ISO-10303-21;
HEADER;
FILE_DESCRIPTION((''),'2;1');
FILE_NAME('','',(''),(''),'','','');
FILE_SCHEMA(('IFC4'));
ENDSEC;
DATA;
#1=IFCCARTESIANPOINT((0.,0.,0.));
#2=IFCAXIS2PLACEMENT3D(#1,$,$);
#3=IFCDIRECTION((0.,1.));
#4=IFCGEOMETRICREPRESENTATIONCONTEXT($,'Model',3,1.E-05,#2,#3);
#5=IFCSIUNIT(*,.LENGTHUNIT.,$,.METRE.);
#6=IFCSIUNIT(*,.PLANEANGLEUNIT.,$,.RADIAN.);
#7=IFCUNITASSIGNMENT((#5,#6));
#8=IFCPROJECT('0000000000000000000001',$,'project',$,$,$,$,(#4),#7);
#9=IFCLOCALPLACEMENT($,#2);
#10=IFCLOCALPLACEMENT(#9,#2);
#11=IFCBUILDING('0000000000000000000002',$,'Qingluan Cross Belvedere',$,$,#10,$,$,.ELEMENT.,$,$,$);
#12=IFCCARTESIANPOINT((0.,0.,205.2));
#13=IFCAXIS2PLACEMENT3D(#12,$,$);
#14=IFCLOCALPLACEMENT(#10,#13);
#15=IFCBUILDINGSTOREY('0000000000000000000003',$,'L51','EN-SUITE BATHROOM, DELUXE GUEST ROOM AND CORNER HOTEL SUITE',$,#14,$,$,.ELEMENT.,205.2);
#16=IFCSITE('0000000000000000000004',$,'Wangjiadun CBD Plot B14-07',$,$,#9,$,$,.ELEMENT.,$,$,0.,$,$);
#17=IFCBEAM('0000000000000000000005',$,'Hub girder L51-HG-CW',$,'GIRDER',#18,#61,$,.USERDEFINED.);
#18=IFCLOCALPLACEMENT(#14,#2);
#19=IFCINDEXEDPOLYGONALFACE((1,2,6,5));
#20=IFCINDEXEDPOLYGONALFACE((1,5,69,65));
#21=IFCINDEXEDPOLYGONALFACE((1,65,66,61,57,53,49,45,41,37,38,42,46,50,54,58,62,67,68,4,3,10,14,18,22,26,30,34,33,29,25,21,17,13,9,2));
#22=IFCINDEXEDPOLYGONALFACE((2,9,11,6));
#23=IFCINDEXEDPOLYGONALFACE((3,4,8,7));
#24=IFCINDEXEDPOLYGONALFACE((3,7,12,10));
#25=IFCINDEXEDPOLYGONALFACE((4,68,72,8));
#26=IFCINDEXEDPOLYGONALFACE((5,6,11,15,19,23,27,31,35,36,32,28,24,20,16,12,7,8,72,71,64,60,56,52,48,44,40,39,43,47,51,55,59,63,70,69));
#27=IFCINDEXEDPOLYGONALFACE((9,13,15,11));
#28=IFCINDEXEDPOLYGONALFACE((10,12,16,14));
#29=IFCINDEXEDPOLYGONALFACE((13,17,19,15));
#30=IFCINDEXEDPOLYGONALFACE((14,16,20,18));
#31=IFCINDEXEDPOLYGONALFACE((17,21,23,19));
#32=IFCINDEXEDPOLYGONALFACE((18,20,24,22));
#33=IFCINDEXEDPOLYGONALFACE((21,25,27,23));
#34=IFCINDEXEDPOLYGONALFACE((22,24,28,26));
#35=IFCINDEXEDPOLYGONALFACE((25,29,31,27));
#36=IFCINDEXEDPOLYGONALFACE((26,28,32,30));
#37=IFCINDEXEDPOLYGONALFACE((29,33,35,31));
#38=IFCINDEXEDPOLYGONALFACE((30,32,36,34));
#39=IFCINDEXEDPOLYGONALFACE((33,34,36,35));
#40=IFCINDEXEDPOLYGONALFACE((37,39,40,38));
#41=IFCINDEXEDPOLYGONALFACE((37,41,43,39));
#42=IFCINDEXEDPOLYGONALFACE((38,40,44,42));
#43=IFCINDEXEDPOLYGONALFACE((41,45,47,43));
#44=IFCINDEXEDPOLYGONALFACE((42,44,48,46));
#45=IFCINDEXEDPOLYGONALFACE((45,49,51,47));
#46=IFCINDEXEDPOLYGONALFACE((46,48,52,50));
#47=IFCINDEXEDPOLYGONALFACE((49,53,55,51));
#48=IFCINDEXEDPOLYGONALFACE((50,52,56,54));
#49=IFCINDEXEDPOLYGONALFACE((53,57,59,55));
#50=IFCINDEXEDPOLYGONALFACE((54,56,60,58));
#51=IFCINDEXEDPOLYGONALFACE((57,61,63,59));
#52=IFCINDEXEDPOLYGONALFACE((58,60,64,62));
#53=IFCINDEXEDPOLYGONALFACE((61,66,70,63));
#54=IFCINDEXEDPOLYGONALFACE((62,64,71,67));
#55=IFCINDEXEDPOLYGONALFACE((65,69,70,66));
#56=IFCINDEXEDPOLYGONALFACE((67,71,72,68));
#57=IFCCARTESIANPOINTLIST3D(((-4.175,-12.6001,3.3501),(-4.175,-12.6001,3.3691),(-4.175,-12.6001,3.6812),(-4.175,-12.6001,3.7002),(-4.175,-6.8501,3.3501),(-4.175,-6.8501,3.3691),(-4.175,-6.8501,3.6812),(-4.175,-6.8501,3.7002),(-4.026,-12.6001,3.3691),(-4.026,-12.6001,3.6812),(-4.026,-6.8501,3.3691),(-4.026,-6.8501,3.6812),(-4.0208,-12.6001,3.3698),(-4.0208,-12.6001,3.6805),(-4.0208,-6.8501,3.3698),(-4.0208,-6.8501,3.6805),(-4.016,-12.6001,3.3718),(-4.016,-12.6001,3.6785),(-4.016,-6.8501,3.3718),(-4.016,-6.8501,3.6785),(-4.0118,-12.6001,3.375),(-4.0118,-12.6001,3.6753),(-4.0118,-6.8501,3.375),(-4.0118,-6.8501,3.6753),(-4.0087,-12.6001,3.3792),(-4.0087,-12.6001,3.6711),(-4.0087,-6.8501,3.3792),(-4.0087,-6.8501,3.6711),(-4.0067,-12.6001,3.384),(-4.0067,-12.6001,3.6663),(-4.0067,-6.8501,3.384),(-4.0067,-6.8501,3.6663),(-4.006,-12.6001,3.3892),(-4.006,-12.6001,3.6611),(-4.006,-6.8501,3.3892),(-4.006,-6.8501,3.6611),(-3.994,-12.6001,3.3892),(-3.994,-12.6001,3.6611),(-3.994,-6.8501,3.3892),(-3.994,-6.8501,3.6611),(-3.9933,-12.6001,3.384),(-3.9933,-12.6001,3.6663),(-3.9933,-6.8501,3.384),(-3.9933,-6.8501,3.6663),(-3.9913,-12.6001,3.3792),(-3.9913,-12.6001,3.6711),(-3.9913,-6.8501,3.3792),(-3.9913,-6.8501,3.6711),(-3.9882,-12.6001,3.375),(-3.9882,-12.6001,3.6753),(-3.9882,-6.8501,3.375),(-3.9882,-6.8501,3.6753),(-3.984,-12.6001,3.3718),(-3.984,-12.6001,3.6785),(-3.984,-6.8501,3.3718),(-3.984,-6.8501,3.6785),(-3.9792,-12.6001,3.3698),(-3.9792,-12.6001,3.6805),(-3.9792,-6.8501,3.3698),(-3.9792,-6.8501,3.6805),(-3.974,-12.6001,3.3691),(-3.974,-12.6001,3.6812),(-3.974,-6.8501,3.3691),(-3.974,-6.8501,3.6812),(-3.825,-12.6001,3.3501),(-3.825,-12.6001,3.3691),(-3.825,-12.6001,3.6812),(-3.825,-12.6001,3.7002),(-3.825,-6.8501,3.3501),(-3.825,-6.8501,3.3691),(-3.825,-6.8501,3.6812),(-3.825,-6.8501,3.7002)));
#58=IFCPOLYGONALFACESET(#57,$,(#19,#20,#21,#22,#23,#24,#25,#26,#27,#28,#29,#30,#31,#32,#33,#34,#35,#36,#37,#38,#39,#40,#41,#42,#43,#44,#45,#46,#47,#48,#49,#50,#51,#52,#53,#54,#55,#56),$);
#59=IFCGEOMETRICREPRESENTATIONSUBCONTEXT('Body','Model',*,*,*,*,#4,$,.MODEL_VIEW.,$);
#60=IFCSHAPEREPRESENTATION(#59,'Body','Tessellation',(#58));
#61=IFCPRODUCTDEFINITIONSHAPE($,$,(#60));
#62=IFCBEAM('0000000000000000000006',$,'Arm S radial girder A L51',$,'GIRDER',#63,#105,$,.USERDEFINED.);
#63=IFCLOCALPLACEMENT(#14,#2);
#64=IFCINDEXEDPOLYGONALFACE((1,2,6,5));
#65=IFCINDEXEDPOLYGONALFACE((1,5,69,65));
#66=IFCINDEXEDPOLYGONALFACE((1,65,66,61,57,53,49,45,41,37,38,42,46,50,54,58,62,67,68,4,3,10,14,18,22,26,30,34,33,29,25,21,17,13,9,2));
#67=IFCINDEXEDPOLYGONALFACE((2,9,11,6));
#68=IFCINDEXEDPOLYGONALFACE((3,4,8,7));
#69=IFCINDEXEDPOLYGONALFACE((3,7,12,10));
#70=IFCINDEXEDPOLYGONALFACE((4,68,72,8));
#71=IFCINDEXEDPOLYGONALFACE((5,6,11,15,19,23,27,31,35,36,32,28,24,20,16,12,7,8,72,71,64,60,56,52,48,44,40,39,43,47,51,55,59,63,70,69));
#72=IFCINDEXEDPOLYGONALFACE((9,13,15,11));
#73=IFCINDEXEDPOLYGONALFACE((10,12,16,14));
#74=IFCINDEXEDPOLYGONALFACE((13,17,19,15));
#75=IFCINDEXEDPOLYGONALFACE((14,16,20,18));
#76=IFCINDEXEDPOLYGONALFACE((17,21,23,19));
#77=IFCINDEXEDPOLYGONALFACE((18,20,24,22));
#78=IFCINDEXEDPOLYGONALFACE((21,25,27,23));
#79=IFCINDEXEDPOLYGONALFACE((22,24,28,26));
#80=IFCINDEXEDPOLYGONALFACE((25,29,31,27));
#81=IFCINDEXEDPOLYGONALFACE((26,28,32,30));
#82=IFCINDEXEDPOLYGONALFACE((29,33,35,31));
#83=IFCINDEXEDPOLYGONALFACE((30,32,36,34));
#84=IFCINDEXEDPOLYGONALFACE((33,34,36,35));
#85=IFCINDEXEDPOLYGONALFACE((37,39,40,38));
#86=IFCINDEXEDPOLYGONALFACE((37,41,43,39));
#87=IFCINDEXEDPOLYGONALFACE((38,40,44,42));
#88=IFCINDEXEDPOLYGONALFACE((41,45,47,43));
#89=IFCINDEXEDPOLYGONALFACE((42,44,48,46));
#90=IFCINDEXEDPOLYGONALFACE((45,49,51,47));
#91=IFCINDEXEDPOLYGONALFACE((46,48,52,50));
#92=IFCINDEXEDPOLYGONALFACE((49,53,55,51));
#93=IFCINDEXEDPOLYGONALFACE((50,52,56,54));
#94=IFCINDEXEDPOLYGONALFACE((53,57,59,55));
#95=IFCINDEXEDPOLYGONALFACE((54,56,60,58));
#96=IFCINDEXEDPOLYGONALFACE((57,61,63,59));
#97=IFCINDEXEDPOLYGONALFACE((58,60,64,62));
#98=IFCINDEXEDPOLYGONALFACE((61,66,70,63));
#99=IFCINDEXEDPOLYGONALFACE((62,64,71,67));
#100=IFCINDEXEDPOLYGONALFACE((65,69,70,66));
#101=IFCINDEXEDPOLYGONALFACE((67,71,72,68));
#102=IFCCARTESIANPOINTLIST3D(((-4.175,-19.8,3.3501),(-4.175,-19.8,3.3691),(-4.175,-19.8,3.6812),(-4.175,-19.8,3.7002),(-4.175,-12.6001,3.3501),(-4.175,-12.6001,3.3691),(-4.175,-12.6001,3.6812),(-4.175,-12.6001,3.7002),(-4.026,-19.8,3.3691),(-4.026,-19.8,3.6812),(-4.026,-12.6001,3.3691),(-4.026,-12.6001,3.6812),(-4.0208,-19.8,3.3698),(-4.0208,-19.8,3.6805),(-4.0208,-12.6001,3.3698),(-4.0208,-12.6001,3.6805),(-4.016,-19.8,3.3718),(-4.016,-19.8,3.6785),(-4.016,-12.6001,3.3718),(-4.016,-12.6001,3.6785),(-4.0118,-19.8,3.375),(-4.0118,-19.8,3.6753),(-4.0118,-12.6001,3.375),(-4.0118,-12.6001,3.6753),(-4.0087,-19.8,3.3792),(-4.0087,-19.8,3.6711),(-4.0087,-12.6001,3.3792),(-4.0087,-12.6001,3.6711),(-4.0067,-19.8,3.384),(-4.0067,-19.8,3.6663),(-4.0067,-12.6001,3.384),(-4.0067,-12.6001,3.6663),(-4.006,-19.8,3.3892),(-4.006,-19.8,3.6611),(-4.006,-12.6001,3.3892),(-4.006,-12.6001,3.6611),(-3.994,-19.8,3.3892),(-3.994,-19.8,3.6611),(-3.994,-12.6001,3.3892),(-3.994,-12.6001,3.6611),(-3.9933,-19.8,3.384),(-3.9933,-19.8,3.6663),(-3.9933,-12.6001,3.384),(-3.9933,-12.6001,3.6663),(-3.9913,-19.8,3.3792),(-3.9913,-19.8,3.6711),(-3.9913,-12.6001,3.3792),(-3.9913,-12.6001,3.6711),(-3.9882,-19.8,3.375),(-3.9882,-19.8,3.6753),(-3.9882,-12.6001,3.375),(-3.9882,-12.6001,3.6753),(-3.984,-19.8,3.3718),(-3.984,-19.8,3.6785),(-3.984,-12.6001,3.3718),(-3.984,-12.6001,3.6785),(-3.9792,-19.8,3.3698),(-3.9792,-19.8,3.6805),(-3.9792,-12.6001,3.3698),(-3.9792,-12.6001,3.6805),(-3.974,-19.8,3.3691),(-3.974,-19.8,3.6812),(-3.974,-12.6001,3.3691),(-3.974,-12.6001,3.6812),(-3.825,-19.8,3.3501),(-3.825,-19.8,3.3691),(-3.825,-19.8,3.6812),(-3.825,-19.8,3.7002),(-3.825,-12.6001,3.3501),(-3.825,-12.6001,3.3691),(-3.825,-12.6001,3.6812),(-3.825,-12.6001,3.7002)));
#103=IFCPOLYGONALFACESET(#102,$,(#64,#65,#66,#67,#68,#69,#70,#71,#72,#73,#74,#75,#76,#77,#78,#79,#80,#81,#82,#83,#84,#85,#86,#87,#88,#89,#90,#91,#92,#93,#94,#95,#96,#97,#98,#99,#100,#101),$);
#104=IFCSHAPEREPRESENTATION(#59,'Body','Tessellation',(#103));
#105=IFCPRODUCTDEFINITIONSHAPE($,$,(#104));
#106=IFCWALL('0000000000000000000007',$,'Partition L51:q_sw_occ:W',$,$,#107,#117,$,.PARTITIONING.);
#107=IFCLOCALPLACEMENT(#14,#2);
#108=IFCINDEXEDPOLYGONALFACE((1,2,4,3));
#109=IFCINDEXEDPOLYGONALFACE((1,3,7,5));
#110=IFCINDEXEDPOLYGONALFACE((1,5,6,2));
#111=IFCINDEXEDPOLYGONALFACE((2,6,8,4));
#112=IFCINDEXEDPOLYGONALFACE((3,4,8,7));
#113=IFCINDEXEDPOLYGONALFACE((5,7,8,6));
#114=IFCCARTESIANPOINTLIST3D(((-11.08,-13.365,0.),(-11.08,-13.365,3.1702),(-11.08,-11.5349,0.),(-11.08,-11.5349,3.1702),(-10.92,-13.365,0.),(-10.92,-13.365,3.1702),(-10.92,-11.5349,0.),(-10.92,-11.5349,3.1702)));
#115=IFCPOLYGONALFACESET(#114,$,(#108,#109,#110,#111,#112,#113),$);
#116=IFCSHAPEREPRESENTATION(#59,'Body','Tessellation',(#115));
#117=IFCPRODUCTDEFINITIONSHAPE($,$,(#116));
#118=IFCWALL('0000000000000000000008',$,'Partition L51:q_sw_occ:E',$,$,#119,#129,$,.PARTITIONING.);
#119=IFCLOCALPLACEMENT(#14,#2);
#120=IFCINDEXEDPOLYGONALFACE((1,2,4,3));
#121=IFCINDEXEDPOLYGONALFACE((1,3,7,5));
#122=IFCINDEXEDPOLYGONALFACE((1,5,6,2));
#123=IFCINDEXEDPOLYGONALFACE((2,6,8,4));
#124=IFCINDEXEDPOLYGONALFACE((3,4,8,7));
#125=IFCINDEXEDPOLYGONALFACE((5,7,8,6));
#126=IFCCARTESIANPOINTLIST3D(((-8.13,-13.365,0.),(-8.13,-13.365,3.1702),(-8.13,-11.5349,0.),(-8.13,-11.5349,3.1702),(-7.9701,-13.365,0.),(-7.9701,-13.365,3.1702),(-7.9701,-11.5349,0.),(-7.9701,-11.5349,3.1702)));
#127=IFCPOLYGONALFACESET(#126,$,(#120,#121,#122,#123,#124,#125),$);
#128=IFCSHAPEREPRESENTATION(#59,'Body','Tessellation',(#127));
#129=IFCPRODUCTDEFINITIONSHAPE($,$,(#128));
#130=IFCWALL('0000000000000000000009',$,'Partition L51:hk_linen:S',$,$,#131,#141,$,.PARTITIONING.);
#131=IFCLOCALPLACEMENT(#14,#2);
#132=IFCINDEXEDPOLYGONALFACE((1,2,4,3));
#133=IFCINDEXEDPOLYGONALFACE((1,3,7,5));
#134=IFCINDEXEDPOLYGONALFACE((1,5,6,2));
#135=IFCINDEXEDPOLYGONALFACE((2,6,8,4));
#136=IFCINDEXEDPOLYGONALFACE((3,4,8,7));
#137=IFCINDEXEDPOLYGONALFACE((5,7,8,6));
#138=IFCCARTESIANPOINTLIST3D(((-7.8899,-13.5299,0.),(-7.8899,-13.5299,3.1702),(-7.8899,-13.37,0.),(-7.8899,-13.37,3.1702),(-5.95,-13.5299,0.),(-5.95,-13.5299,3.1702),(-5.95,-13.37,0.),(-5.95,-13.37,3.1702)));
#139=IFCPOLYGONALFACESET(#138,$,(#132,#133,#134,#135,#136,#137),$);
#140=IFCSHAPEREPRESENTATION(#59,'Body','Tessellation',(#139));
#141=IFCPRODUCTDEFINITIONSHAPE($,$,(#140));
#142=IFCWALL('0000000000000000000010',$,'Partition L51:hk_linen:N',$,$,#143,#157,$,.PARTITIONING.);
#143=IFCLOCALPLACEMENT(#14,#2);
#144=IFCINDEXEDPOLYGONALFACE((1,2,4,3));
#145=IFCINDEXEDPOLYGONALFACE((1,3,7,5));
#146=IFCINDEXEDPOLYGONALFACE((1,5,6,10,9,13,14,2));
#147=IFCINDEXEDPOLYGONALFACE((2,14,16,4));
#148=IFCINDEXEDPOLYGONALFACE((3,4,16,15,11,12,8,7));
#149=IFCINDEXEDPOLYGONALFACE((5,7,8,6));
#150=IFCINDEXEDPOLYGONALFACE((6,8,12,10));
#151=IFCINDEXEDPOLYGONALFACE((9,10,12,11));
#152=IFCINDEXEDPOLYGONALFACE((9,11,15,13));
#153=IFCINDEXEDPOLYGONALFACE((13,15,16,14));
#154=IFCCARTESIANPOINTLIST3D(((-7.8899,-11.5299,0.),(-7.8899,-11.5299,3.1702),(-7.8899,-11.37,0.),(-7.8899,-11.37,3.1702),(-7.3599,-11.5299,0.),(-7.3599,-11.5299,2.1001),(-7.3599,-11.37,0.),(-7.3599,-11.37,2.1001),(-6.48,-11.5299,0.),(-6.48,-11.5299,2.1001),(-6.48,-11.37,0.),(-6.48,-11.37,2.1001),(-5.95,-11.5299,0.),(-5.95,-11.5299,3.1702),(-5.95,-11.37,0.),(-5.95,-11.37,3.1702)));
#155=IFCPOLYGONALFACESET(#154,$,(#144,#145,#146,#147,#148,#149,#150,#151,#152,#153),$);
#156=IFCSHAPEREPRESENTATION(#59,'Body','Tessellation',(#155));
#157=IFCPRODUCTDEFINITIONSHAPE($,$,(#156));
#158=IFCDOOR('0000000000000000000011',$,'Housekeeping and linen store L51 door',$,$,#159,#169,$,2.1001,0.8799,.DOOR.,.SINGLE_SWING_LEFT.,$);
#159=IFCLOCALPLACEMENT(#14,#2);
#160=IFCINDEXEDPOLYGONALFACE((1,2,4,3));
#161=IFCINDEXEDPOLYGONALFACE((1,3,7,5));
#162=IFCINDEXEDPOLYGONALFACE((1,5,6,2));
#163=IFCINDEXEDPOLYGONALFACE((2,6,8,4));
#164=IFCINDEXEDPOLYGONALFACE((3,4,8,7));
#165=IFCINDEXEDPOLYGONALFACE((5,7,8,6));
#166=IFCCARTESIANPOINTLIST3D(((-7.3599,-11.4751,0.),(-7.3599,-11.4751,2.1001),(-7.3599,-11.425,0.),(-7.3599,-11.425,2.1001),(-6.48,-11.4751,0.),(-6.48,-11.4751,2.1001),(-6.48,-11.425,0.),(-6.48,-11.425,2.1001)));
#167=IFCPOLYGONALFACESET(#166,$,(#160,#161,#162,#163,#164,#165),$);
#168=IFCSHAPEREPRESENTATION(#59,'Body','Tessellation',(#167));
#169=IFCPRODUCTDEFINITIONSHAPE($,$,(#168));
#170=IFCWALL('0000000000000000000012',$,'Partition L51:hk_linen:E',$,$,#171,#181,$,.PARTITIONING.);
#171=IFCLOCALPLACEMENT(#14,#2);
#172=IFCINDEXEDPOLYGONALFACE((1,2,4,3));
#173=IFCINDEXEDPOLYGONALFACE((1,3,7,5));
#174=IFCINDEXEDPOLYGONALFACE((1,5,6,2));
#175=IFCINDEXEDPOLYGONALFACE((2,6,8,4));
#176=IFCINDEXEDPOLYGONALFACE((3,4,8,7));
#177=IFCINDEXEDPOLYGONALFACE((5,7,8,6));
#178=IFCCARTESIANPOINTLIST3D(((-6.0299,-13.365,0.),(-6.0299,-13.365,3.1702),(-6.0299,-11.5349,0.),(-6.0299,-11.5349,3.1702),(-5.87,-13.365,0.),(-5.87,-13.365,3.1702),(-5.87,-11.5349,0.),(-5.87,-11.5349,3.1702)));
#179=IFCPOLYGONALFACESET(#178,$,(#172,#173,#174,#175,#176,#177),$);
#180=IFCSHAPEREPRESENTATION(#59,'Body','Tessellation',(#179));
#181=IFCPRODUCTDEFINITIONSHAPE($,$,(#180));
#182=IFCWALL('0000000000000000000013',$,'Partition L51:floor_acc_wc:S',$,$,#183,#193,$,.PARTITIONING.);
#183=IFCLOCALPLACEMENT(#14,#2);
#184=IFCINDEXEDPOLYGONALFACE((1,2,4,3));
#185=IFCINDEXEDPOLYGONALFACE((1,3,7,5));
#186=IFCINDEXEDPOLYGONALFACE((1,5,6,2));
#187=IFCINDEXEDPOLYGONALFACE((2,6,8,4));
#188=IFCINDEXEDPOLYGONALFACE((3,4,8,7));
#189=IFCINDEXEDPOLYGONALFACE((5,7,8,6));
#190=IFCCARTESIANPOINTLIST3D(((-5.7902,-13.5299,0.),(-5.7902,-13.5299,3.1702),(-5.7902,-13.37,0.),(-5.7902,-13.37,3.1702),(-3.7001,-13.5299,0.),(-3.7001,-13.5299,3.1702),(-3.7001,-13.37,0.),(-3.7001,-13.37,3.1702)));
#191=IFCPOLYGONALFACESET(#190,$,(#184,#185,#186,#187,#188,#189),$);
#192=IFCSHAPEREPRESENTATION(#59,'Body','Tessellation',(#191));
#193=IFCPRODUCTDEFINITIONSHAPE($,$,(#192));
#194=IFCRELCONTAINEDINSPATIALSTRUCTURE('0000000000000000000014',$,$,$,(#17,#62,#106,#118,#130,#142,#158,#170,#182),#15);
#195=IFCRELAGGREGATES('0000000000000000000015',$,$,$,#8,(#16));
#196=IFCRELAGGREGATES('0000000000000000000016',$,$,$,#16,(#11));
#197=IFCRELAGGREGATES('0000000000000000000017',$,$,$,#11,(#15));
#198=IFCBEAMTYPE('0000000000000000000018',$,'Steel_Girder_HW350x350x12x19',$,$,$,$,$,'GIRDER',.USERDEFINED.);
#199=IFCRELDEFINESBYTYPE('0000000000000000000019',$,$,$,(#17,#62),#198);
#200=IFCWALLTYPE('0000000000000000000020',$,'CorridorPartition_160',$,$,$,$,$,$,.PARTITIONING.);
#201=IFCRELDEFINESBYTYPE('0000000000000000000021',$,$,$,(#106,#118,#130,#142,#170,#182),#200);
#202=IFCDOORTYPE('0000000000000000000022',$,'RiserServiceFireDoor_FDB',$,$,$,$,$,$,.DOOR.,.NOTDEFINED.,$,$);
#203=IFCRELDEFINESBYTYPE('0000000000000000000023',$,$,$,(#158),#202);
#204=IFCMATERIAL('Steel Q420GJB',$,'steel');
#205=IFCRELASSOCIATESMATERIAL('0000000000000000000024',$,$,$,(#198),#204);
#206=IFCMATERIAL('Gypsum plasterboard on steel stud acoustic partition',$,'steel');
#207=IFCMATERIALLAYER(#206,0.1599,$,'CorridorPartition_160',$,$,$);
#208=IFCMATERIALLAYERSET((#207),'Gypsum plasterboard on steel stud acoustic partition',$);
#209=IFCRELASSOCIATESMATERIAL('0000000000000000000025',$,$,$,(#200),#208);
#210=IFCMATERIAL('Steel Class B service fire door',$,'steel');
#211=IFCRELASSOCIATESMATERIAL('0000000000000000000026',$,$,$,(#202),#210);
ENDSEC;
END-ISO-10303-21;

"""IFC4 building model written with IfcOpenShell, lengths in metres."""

from ifc_helpers import new_model, si_unit, direction, frame, frame_2d, origin, origin_2d, place, context, subcontext, project, spatial, rectangle, i_section, extrude, material, layer, layer_set, material_profile, profile_set, type_object, element, fill, save


model = new_model("IFC4")

# Units and contexts
model_context = context("Model", 3, precision=1e-05, world=origin(), true_north=direction((0.0, 1.0)))
body_context = subcontext(model_context, "Body", "Model", "MODEL_VIEW")
ifc_project = project(units=[si_unit("LENGTHUNIT", "METRE"), si_unit("PLANEANGLEUNIT", "RADIAN")], contexts=[model_context])

# Site, building, storey
site_placement = place(None, origin())
site = spatial("IfcSite", under=ifc_project, at=site_placement, Name="Wangjiadun CBD Plot B14-07", CompositionType="ELEMENT", RefElevation=0.0)
building_placement = place(site_placement, origin())
building = spatial("IfcBuilding", under=site, at=building_placement, Name="Qingluan Cross Belvedere", CompositionType="ELEMENT")
storey_placement = place(building_placement, frame((0.0, 0.0, 205.2)))
storey = spatial("IfcBuildingStorey", under=building, at=storey_placement, Name="L51", Description="EN-SUITE BATHROOM, DELUXE GUEST ROOM AND CORNER HOTEL SUITE", CompositionType="ELEMENT", Elevation=205.2)

# Beams
ifc_material_1 = material(Name="Steel Q420GJB", Category="steel")
ifc_material_profile_1 = material_profile(ifc_material_1, i_section(OverallWidth=0.3501, OverallDepth=0.3501, WebThickness=0.012, FlangeThickness=0.019, FilletRadius=0.02, at=origin_2d()), Name="HW350x350x12x19")
ifc_profile_set_1 = profile_set([ifc_material_profile_1], Name="Steel Q420GJB")
beam_type_1 = type_object("IfcBeamType", Name="Steel_Girder_HW350x350x12x19", ElementType="GIRDER", PredefinedType="USERDEFINED", material=ifc_profile_set_1)
beam_1_placement = place(storey_placement, frame((-4.0, -12.6001, 3.5251), z_axis=(0.0, 1.0, 0.0), x_axis=(-1.0, 0.0, 0.0)))
element("IfcBeam", 1, at=beam_1_placement, inside=storey, type_object=beam_type_1, Name="Hub girder L51-HG-CW", ObjectType="GIRDER", PredefinedType="USERDEFINED", context=body_context, shape_type="SweptSolid", body=[
    extrude(i_section(OverallWidth=0.3501, OverallDepth=0.3501, WebThickness=0.012, FlangeThickness=0.019, FilletRadius=0.02, at=origin_2d()), origin(), (0.0, 0.0, 1.0), 5.75),
])
beam_2_placement = place(storey_placement, frame((-4.0, -12.6001, 3.5251), z_axis=(0.0, -1.0, 0.0), x_axis=(1.0, 0.0, 0.0)))
element("IfcBeam", 2, at=beam_2_placement, inside=storey, type_object=beam_type_1, Name="Arm S radial girder A L51", ObjectType="GIRDER", PredefinedType="USERDEFINED", context=body_context, shape_type="SweptSolid", body=[
    extrude(i_section(OverallWidth=0.3501, OverallDepth=0.3501, WebThickness=0.012, FlangeThickness=0.019, FilletRadius=0.02, at=origin_2d()), origin(), (0.0, 0.0, 1.0), 7.2),
])

# Shared definitions
ifc_material_2 = material(Name="Gypsum plasterboard on steel stud acoustic partition", Category="steel")
ifc_layer_1 = layer(ifc_material_2, 0.1599, Name="CorridorPartition_160")
ifc_layer_set_1 = layer_set([ifc_layer_1], Name="Gypsum plasterboard on steel stud acoustic partition")
wall_type_1 = type_object("IfcWallType", Name="CorridorPartition_160", PredefinedType="PARTITIONING", material=ifc_layer_set_1)

# Walls
for number, where, z_axis, x_axis, name in (
    (3, (-11.0, -13.365, 0.0), (0.0, 0.0, 1.0), (0.0, 1.0, 0.0), "Partition L51:q_sw_occ:W"),
    (4, (-8.05, -13.365, 0.0), (0.0, 0.0, 1.0), (0.0, 1.0, 0.0), "Partition L51:q_sw_occ:E"),
):
    element("IfcWall", number, at=place(storey_placement, frame(where, z_axis=z_axis, x_axis=x_axis)), inside=storey, type_object=wall_type_1, Name=name, PredefinedType="PARTITIONING", context=body_context, shape_type="SweptSolid", body=[
        extrude(rectangle(XDim=1.8301, YDim=0.1599, at=frame_2d((0.915, 0.0))), origin(), (0.0, 0.0, 1.0), 3.1702),
    ])
wall_1_placement = place(storey_placement, frame((-7.8899, -13.45, 0.0), z_axis=(0.0, 0.0, 1.0), x_axis=(1.0, 0.0, 0.0)))
element("IfcWall", 5, at=wall_1_placement, inside=storey, type_object=wall_type_1, Name="Partition L51:hk_linen:S", PredefinedType="PARTITIONING", context=body_context, shape_type="SweptSolid", body=[
    extrude(rectangle(XDim=1.9399, YDim=0.1599, at=frame_2d((0.97, 0.0))), origin(), (0.0, 0.0, 1.0), 3.1702),
])

# Wall, opening, door
wall_2_placement = place(storey_placement, frame((-7.8899, -11.45, 0.0), z_axis=(0.0, 0.0, 1.0), x_axis=(1.0, 0.0, 0.0)))
wall_2 = element("IfcWall", 6, at=wall_2_placement, inside=storey, type_object=wall_type_1, Name="Partition L51:hk_linen:N", PredefinedType="PARTITIONING", context=body_context, shape_type="SweptSolid", body=[
    extrude(rectangle(XDim=1.9399, YDim=0.1599, at=frame_2d((0.97, 0.0))), origin(), (0.0, 0.0, 1.0), 3.1702),
])
opening_1_placement = place(wall_2_placement, frame((0.53, 0.0, 0.0)))
opening_1 = element("IfcOpeningElement", 7, at=opening_1_placement, cuts=wall_2, PredefinedType="OPENING", context=body_context, shape_type="SweptSolid", body=[
    extrude(rectangle(XDim=0.8799, YDim=2.1001, at=frame_2d((0.4399, 1.05))), frame((0.0, 0.0898, 0.0), z_axis=(0.0, -1.0, 0.0), x_axis=(1.0, 0.0, 0.0)), (0.0, 0.0, 1.0), 0.1799),
])
ifc_material_3 = material(Name="Steel Class B service fire door", Category="steel")
door_type_1 = type_object("IfcDoorType", Name="RiserServiceFireDoor_FDB", OperationType="NOTDEFINED", PredefinedType="DOOR", material=ifc_material_3)
door_1_placement = place(opening_1_placement, origin())
door_1 = element("IfcDoor", 8, at=door_1_placement, inside=storey, type_object=door_type_1, Name="Housekeeping and linen store L51 door", OperationType="SINGLE_SWING_LEFT", OverallHeight=2.1001, OverallWidth=0.8799, PredefinedType="DOOR", context=body_context, shape_type="SweptSolid", body=[
    extrude(rectangle(XDim=0.8799, YDim=2.1001, at=frame_2d((0.4399, 1.05))), frame((0.0, 0.0249, 0.0), z_axis=(0.0, -1.0, 0.0), x_axis=(1.0, 0.0, 0.0)), (0.0, 0.0, 1.0), 0.05),
])
fill(opening_1, door_1)

# Walls
wall_3_placement = place(storey_placement, frame((-5.95, -13.365, 0.0), z_axis=(0.0, 0.0, 1.0), x_axis=(0.0, 1.0, 0.0)))
element("IfcWall", 9, at=wall_3_placement, inside=storey, type_object=wall_type_1, Name="Partition L51:hk_linen:E", PredefinedType="PARTITIONING", context=body_context, shape_type="SweptSolid", body=[
    extrude(rectangle(XDim=1.8301, YDim=0.1599, at=frame_2d((0.915, 0.0))), origin(), (0.0, 0.0, 1.0), 3.1702),
])
wall_4_placement = place(storey_placement, frame((-5.79, -13.45, 0.0), z_axis=(0.0, 0.0, 1.0), x_axis=(1.0, 0.0, 0.0)))
element("IfcWall", 10, at=wall_4_placement, inside=storey, type_object=wall_type_1, Name="Partition L51:floor_acc_wc:S", PredefinedType="PARTITIONING", context=body_context, shape_type="SweptSolid", body=[
    extrude(rectangle(XDim=2.0901, YDim=0.1599, at=frame_2d((1.0449, 0.0))), origin(), (0.0, 0.0, 1.0), 3.1702),
])

save(model, "model.ifc")
